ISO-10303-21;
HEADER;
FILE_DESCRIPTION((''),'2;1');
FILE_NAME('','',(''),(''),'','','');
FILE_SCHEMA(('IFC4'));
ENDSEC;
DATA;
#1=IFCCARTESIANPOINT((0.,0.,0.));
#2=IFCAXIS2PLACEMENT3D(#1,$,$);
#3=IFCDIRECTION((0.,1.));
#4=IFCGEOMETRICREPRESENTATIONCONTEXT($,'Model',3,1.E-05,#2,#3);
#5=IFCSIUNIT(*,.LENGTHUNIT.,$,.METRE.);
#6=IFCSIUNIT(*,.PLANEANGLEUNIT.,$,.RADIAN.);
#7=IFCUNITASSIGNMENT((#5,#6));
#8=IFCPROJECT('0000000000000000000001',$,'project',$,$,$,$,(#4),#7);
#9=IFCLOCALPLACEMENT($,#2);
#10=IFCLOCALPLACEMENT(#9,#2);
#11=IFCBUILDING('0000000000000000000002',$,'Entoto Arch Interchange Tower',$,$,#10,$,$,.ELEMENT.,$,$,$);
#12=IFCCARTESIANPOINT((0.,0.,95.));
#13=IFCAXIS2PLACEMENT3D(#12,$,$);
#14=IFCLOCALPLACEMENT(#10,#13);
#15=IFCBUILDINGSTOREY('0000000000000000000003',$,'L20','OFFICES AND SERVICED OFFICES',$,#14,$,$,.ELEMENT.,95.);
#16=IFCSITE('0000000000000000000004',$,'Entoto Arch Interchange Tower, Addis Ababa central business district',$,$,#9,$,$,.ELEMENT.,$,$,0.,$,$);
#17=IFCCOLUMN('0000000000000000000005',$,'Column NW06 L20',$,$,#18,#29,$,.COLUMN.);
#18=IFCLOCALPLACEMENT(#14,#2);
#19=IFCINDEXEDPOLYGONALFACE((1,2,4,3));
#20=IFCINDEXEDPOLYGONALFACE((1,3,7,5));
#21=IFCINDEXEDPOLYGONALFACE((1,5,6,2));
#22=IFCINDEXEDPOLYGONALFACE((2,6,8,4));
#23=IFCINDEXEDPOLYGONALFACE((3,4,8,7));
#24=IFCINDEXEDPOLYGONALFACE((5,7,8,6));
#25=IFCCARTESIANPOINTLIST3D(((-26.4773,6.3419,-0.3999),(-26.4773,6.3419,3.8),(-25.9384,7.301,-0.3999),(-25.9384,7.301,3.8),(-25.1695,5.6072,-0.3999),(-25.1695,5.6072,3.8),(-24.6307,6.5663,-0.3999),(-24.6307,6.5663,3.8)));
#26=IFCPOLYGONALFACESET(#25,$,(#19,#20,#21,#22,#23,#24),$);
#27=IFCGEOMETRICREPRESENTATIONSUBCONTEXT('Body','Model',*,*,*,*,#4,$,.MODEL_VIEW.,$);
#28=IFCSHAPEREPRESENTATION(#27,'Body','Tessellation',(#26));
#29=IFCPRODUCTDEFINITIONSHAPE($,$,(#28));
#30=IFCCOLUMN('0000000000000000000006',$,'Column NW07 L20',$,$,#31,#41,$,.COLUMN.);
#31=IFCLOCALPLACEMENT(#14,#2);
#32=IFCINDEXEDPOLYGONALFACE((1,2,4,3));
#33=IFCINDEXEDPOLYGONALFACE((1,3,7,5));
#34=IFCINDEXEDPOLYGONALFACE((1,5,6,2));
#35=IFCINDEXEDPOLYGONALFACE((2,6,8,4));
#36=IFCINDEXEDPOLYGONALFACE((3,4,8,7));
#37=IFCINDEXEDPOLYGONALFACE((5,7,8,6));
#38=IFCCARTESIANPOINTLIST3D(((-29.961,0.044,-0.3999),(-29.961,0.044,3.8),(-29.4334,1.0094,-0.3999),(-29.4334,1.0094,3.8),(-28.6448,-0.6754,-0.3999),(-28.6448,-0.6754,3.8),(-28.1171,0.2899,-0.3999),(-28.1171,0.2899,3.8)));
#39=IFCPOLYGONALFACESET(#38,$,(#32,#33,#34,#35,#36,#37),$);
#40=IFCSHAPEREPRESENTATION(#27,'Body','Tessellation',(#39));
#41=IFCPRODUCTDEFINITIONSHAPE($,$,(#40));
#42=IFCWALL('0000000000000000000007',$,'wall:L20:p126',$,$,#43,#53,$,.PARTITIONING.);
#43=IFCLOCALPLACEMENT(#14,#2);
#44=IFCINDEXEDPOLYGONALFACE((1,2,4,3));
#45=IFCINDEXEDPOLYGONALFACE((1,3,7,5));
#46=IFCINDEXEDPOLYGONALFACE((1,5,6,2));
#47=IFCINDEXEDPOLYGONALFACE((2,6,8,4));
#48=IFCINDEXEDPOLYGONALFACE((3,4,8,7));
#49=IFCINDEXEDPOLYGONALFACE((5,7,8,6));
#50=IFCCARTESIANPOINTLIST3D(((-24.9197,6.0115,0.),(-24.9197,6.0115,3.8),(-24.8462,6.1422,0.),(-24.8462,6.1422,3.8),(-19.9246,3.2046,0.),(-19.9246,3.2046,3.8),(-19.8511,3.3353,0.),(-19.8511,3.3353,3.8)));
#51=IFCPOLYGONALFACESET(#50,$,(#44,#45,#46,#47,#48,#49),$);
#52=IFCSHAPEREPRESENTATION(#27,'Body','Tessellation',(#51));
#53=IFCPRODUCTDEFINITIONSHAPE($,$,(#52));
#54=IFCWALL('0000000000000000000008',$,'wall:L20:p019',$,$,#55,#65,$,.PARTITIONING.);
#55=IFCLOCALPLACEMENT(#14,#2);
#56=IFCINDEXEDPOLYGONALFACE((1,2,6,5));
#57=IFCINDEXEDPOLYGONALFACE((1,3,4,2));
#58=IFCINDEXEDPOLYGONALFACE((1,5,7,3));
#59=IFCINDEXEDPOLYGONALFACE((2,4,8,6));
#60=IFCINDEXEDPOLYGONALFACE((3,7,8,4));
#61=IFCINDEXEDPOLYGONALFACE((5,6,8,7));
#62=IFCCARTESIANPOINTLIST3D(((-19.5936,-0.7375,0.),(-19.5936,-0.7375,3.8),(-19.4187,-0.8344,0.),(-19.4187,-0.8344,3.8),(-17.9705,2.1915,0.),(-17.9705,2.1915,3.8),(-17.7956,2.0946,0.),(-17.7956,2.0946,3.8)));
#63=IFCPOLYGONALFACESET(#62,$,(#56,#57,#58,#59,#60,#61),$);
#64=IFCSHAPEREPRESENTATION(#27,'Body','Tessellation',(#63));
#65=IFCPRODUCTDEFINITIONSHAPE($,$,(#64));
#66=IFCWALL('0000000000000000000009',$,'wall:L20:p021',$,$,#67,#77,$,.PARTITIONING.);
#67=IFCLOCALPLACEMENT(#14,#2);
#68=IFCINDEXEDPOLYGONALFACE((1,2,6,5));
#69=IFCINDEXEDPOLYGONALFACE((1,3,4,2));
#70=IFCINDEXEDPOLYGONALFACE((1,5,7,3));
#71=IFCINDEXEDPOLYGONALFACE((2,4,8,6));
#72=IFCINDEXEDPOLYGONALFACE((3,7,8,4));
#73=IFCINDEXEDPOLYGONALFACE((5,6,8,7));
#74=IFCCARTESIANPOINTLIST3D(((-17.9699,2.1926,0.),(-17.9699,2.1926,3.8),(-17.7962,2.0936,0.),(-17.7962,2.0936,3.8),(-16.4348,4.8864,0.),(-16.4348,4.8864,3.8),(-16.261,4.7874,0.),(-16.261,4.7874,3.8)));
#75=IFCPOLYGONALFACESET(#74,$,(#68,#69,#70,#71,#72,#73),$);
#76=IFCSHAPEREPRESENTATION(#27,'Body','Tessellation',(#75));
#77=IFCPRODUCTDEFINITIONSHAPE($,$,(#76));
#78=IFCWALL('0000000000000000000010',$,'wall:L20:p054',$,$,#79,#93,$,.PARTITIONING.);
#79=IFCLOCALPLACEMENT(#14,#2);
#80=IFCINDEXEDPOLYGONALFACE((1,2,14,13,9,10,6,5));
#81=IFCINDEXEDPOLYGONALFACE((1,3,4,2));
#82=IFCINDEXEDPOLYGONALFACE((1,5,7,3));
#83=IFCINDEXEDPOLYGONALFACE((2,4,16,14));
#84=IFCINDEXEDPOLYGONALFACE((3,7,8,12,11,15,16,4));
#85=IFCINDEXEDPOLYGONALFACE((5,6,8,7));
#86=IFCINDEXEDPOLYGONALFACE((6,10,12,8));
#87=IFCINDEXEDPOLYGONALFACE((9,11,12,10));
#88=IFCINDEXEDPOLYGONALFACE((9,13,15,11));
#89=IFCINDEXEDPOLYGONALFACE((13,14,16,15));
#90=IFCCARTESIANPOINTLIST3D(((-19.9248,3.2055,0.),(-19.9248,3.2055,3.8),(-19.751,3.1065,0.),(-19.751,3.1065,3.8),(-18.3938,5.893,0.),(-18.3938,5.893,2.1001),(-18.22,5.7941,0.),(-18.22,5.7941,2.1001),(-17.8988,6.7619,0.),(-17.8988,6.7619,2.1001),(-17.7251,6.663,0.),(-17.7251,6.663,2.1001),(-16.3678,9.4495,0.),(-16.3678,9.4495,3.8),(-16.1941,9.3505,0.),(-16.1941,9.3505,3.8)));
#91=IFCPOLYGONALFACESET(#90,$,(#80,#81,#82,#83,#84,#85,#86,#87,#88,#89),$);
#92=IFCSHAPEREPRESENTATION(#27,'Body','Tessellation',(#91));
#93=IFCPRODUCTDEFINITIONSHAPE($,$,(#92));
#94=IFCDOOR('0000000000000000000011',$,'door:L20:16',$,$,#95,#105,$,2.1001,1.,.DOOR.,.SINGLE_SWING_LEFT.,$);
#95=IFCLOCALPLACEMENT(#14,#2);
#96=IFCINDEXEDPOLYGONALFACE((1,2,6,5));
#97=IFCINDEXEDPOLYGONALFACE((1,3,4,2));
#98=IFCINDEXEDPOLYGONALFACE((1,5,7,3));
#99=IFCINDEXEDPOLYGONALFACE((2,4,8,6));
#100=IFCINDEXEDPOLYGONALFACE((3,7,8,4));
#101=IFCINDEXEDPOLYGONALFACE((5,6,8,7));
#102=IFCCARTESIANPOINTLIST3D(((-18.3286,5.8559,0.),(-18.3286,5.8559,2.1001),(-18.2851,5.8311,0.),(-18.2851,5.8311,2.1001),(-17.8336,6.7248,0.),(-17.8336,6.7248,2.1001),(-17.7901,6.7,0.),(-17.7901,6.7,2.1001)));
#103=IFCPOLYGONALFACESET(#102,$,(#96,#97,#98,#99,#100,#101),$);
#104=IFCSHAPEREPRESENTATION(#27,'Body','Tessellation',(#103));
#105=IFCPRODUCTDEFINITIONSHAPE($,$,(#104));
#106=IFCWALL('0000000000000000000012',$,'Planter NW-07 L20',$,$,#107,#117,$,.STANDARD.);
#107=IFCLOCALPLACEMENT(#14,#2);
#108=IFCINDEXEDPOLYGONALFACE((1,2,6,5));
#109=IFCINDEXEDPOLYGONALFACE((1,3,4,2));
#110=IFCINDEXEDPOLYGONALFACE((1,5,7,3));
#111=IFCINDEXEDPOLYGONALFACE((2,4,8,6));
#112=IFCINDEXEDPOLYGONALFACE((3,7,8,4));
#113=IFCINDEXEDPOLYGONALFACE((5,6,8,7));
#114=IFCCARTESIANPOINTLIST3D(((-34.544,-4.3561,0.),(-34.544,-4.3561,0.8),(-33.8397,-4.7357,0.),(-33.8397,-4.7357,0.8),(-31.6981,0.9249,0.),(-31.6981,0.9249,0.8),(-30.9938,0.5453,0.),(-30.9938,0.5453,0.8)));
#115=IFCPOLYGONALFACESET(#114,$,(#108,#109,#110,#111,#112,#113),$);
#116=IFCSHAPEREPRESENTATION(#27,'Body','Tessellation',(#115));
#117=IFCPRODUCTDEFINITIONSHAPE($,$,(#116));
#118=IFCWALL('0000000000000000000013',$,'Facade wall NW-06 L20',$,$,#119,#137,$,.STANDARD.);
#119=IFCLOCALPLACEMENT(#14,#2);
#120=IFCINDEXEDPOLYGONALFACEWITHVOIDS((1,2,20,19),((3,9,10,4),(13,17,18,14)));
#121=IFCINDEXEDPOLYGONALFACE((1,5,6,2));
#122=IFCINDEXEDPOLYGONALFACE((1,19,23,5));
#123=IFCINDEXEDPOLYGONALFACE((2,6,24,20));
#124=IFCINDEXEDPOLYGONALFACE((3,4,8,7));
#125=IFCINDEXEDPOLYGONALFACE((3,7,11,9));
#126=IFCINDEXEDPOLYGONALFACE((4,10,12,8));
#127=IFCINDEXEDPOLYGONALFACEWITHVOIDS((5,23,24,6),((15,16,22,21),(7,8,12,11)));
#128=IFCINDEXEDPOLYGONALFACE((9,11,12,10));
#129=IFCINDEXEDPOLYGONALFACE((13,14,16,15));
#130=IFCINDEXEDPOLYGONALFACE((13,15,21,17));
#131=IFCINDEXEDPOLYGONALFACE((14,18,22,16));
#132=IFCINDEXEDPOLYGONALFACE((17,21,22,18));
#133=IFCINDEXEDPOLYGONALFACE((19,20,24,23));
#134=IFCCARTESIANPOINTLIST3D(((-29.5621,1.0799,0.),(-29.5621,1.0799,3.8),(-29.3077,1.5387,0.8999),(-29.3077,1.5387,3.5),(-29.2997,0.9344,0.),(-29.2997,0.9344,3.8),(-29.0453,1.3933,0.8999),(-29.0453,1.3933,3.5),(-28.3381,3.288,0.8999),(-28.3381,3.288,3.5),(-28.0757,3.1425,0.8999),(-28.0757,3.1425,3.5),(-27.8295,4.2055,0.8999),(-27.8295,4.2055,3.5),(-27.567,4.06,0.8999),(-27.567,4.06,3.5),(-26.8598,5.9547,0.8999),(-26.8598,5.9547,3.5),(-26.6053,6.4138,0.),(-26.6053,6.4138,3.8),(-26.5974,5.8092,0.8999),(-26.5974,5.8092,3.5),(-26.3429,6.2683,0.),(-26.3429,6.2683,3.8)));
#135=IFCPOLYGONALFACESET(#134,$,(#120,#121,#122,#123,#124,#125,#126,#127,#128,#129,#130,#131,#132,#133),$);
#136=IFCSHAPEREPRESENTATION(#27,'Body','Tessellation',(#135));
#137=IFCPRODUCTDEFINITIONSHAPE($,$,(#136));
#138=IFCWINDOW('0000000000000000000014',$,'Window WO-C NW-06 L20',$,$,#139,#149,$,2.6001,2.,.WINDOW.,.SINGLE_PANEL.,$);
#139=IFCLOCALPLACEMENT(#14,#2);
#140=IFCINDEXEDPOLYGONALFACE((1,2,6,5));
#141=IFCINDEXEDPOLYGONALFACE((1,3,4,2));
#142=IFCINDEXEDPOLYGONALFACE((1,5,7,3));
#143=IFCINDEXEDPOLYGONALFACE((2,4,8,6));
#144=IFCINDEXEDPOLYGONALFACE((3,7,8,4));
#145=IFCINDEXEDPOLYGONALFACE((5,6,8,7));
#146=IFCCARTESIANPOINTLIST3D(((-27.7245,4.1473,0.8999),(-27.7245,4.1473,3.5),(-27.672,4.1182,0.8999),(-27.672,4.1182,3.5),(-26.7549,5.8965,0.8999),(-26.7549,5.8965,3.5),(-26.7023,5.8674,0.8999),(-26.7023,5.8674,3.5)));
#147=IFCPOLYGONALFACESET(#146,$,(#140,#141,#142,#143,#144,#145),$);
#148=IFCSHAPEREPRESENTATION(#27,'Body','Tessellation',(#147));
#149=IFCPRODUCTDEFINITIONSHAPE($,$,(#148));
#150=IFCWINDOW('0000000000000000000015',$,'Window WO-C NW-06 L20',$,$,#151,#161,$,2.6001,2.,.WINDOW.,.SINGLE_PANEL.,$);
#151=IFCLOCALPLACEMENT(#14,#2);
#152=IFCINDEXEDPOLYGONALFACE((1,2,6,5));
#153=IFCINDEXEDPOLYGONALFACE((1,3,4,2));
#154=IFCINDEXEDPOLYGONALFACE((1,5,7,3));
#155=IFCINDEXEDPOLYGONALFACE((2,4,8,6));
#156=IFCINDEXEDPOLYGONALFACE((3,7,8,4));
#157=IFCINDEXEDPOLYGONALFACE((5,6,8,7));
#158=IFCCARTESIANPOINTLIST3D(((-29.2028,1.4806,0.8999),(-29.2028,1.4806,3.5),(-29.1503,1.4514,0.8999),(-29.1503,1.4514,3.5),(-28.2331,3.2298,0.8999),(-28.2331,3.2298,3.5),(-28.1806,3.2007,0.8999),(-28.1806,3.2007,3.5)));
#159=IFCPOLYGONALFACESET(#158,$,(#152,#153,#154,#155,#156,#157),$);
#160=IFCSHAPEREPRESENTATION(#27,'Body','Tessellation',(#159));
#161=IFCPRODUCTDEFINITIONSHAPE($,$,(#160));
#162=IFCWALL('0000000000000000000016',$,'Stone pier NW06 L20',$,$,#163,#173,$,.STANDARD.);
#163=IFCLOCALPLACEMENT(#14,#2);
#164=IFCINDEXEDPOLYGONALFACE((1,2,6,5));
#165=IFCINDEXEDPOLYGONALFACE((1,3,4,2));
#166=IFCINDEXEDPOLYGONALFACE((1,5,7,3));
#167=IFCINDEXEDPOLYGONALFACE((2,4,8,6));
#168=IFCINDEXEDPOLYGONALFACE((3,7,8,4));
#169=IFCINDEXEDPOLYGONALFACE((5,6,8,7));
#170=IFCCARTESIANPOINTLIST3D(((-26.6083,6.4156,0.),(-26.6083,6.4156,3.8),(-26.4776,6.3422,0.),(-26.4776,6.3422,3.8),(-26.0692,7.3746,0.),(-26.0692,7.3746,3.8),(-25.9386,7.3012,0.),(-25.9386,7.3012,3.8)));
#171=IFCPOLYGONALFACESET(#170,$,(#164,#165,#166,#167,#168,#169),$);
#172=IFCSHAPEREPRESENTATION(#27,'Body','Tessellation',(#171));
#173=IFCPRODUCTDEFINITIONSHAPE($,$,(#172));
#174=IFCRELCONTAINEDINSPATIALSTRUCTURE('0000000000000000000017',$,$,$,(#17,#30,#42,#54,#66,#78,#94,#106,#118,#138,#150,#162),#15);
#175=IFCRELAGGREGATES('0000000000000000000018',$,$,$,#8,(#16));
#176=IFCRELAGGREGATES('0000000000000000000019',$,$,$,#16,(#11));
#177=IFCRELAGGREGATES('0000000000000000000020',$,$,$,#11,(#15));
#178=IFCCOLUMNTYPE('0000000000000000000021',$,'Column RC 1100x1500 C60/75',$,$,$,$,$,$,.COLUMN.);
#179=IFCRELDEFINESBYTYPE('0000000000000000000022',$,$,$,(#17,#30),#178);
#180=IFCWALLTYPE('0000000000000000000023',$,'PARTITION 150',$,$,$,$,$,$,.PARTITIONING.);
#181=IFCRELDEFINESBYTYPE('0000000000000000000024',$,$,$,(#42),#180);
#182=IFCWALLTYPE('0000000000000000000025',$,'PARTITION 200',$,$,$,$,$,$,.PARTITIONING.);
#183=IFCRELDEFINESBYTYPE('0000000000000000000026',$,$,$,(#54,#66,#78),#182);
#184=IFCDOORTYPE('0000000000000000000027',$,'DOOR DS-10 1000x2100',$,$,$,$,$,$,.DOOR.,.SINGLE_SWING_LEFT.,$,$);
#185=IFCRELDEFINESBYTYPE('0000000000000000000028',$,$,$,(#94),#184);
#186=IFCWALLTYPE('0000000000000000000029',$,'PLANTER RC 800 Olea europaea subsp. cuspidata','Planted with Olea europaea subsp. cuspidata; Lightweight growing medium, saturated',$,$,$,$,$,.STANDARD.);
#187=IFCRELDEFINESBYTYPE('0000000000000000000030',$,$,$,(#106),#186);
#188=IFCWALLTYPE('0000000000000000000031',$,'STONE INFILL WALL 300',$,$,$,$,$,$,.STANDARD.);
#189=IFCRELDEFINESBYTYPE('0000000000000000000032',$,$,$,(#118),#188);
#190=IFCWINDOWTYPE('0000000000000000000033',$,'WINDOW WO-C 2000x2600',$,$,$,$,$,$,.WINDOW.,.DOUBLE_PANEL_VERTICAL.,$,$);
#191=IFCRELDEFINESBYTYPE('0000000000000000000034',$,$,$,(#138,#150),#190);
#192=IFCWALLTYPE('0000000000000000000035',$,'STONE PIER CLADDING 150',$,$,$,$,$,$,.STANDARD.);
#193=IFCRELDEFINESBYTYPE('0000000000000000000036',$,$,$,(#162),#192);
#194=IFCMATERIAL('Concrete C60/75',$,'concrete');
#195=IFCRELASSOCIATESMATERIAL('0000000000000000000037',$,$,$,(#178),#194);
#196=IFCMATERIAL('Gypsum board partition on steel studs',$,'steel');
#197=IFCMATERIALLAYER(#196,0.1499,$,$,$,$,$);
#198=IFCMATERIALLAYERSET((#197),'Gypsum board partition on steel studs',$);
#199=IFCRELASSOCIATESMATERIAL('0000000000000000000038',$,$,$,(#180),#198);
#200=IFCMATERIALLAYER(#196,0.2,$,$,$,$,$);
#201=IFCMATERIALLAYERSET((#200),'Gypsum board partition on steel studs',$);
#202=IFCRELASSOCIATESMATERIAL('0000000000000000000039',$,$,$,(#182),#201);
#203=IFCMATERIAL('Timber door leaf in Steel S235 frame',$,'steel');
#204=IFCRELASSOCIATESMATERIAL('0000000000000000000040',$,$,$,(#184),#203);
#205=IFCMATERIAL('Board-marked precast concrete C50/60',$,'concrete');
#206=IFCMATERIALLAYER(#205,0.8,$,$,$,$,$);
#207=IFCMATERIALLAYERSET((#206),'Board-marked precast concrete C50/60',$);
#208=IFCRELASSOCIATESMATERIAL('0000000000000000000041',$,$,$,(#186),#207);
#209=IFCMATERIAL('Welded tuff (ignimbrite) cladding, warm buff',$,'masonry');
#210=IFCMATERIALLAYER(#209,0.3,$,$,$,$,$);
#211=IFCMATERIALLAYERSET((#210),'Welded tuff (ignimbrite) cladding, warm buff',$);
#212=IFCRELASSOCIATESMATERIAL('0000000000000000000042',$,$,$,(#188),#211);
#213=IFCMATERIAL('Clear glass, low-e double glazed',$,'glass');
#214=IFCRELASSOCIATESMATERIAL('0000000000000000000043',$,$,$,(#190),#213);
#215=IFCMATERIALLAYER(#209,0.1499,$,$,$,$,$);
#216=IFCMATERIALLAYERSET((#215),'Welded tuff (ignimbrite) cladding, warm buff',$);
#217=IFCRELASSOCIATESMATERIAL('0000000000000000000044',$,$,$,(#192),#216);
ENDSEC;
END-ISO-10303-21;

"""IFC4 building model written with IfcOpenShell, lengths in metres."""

from ifc_helpers import new_model, si_unit, direction, frame, frame_2d, origin, origin_2d, place, context, subcontext, project, spatial, rectangle, extrude, material, layer, layer_set, material_profile, profile_set, type_object, element, fill, save


model = new_model("IFC4")

# Units and contexts
model_context = context("Model", 3, precision=1e-05, world=origin(), true_north=direction((0.0, 1.0)))
body_context = subcontext(model_context, "Body", "Model", "MODEL_VIEW")
ifc_project = project(units=[si_unit("LENGTHUNIT", "METRE"), si_unit("PLANEANGLEUNIT", "RADIAN")], contexts=[model_context])

# Site, building, storey
site_placement = place(None, origin())
site = spatial("IfcSite", under=ifc_project, at=site_placement, Name="Entoto Arch Interchange Tower, Addis Ababa central business district", CompositionType="ELEMENT", RefElevation=0.0)
building_placement = place(site_placement, origin())
building = spatial("IfcBuilding", under=site, at=building_placement, Name="Entoto Arch Interchange Tower", CompositionType="ELEMENT")
storey_placement = place(building_placement, frame((0.0, 0.0, 95.0)))
storey = spatial("IfcBuildingStorey", under=building, at=storey_placement, Name="L20", Description="OFFICES AND SERVICED OFFICES", CompositionType="ELEMENT", Elevation=95.0)

# Columns
ifc_material_1 = material(Name="Concrete C60/75", Category="concrete")
ifc_material_profile = material_profile(ifc_material_1, rectangle(XDim=1.1001, YDim=1.5, at=origin_2d()))
ifc_profile_set = profile_set([ifc_material_profile], Name="Concrete C60/75")
column_type = type_object("IfcColumnType", Name="Column RC 1100x1500 C60/75", PredefinedType="COLUMN", material=ifc_profile_set)
for number, where, z_axis, x_axis, name in (
    (1, (-25.554, 6.4541, -0.3999), (0.0, 0.0, 1.0), (0.489839, 0.871813, 0.0), "Column NW06 L20"),
    (2, (-29.0391, 0.167, -0.3999), (0.0, 0.0, 1.0), (0.479611, 0.877481, 0.0), "Column NW07 L20"),
):
    element("IfcColumn", number, at=place(storey_placement, frame(where, z_axis=z_axis, x_axis=x_axis)), inside=storey, type_object=column_type, Name=name, PredefinedType="COLUMN", context=body_context, shape_type="SweptSolid", body=[
        extrude(rectangle(XDim=1.1001, YDim=1.5, at=origin_2d()), origin(), (0.0, 0.0, 1.0), 4.2),
    ])

# Walls
ifc_material_2 = material(Name="Gypsum board partition on steel studs", Category="steel")
ifc_layer_1 = layer(ifc_material_2, 0.1499)
ifc_layer_set_1 = layer_set([ifc_layer_1], Name="Gypsum board partition on steel studs")
wall_type_1 = type_object("IfcWallType", Name="PARTITION 150", PredefinedType="PARTITIONING", material=ifc_layer_set_1)
wall_1_placement = place(storey_placement, frame((-19.8879, 3.27, 0.0), z_axis=(0.0, 0.0, 1.0), x_axis=(-0.871789, 0.489881, 0.0)))
element("IfcWall", 3, at=wall_1_placement, inside=storey, type_object=wall_type_1, Name="wall:L20:p126", PredefinedType="PARTITIONING", context=body_context, shape_type="SweptSolid", body=[
    extrude(rectangle(XDim=5.7297, YDim=0.1499, at=frame_2d((2.8647, 0.0))), origin(), (0.0, 0.0, 1.0), 3.8),
])
ifc_layer_2 = layer(ifc_material_2, 0.2)
ifc_layer_set_2 = layer_set([ifc_layer_2], Name="Gypsum board partition on steel studs")
wall_type_2 = type_object("IfcWallType", Name="PARTITION 200", PredefinedType="PARTITIONING", material=ifc_layer_set_2)
wall_2_placement = place(storey_placement, frame((-17.8831, 2.1431, 0.0), z_axis=(0.0, 0.0, 1.0), x_axis=(-0.484696, -0.874683, 0.0)))
element("IfcWall", 4, at=wall_2_placement, inside=storey, type_object=wall_type_2, Name="wall:L20:p019", PredefinedType="PARTITIONING", context=body_context, shape_type="SweptSolid", body=[
    extrude(rectangle(XDim=3.3486, YDim=0.2, at=frame_2d((1.6743, 0.0))), origin(), (0.0, 0.0, 1.0), 3.8),
])
wall_3_placement = place(storey_placement, frame((-16.3479, 4.8369, 0.0), z_axis=(0.0, 0.0, 1.0), x_axis=(-0.495121, -0.868824, 0.0)))
element("IfcWall", 5, at=wall_3_placement, inside=storey, type_object=wall_type_2, Name="wall:L20:p021", PredefinedType="PARTITIONING", context=body_context, shape_type="SweptSolid", body=[
    extrude(rectangle(XDim=3.1006, YDim=0.2, at=frame_2d((1.5503, 0.0))), origin(), (0.0, 0.0, 1.0), 3.8),
])

# Wall, opening, door
wall_4_placement = place(storey_placement, frame((-19.8379, 3.156, 0.0), z_axis=(0.0, 0.0, 1.0), x_axis=(0.494979, 0.868905, 0.0)))
wall_4 = element("IfcWall", 6, at=wall_4_placement, inside=storey, type_object=wall_type_2, Name="wall:L20:p054", PredefinedType="PARTITIONING", context=body_context, shape_type="SweptSolid", body=[
    extrude(rectangle(XDim=7.186, YDim=0.2, at=frame_2d((3.593, 0.0))), origin(), (0.0, 0.0, 1.0), 3.8),
])
opening_1_placement = place(wall_4_placement, frame((3.093, 0.0, 0.0)))
opening_1 = element("IfcOpeningElement", 7, at=opening_1_placement, cuts=wall_4, PredefinedType="OPENING", context=body_context, shape_type="SweptSolid", body=[
    extrude(rectangle(XDim=1.0, YDim=2.1001, at=frame_2d((0.5, 1.05))), frame((0.0, 0.1099, 0.0), z_axis=(0.0, -1.0, 0.0), x_axis=(1.0, 0.0, 0.0)), (0.0, 0.0, 1.0), 0.22),
])
ifc_material_3 = material(Name="Timber door leaf in Steel S235 frame", Category="steel")
door_type_1 = type_object("IfcDoorType", Name="DOOR DS-10 1000x2100", OperationType="SINGLE_SWING_LEFT", PredefinedType="DOOR", material=ifc_material_3)
door_1_placement = place(opening_1_placement, origin())
door_1 = element("IfcDoor", 8, at=door_1_placement, inside=storey, type_object=door_type_1, Name="door:L20:16", OperationType="SINGLE_SWING_LEFT", OverallHeight=2.1001, OverallWidth=1.0, PredefinedType="DOOR", context=body_context, shape_type="SweptSolid", body=[
    extrude(rectangle(XDim=1.0, YDim=2.1001, at=frame_2d((0.5, 1.05))), frame((0.0, 0.0249, 0.0), z_axis=(0.0, -1.0, 0.0), x_axis=(1.0, 0.0, 0.0)), (0.0, 0.0, 1.0), 0.05),
])
fill(opening_1, door_1)

# Wall
ifc_material_4 = material(Name="Board-marked precast concrete C50/60", Category="concrete")
ifc_layer_3 = layer(ifc_material_4, 0.8)
ifc_layer_set_3 = layer_set([ifc_layer_3], Name="Board-marked precast concrete C50/60")
wall_type_3 = type_object("IfcWallType", Name="PLANTER RC 800 Olea europaea subsp. cuspidata", Description="Planted with Olea europaea subsp. cuspidata; Lightweight growing medium, saturated", PredefinedType="STANDARD", material=ifc_layer_set_3)
wall_5_placement = place(storey_placement, frame((-31.3459, 0.7351, 0.0), z_axis=(0.0, 0.0, 1.0), x_axis=(-0.474401, -0.880309, 0.0)))
element("IfcWall", 9, at=wall_5_placement, inside=storey, type_object=wall_type_3, Name="Planter NW-07 L20", PredefinedType="STANDARD", context=body_context, shape_type="SweptSolid", body=[
    extrude(rectangle(XDim=5.999, YDim=0.8, at=frame_2d((2.9995, 0.0))), origin(), (0.0, 0.0, 1.0), 0.8),
])

# Wall, openings, windows
ifc_material_5 = material(Name="Welded tuff (ignimbrite) cladding, warm buff", Category="masonry")
ifc_layer_4 = layer(ifc_material_5, 0.3)
ifc_layer_set_4 = layer_set([ifc_layer_4], Name="Welded tuff (ignimbrite) cladding, warm buff")
wall_type_4 = type_object("IfcWallType", Name="STONE INFILL WALL 300", PredefinedType="STANDARD", material=ifc_layer_set_4)
wall_6_placement = place(storey_placement, frame((-26.4741, 6.3411, 0.0), z_axis=(0.0, 0.0, 1.0), x_axis=(-0.484824, -0.874612, 0.0)))
wall_6 = element("IfcWall", 10, at=wall_6_placement, inside=storey, type_object=wall_type_4, Name="Facade wall NW-06 L20", PredefinedType="STANDARD", context=body_context, shape_type="SweptSolid", body=[
    extrude(rectangle(XDim=6.0986, YDim=0.3, at=frame_2d((3.0493, 0.0))), origin(), (0.0, 0.0, 1.0), 3.8),
])
opening_2_placement = place(wall_6_placement, frame((0.5249, 0.0, 0.8999)))
opening_2 = element("IfcOpeningElement", 11, at=opening_2_placement, cuts=wall_6, PredefinedType="OPENING", context=body_context, shape_type="SweptSolid", body=[
    extrude(rectangle(XDim=2.0, YDim=2.6001, at=frame_2d((1.0, 1.3))), frame((0.0, 0.1602, 0.0), z_axis=(0.0, -1.0, 0.0), x_axis=(1.0, 0.0, 0.0)), (0.0, 0.0, 1.0), 0.3201),
])
opening_3_placement = place(wall_6_placement, frame((3.574, 0.0, 0.8999)))
opening_3 = element("IfcOpeningElement", 12, at=opening_3_placement, cuts=wall_6, PredefinedType="OPENING", context=body_context, shape_type="SweptSolid", body=[
    extrude(rectangle(XDim=2.0, YDim=2.6001, at=frame_2d((1.0, 1.3))), frame((0.0, 0.1602, 0.0), z_axis=(0.0, -1.0, 0.0), x_axis=(1.0, 0.0, 0.0)), (0.0, 0.0, 1.0), 0.3201),
])
ifc_material_6 = material(Name="Clear glass, low-e double glazed", Category="glass")
window_type = type_object("IfcWindowType", Name="WINDOW WO-C 2000x2600", PartitioningType="DOUBLE_PANEL_VERTICAL", PredefinedType="WINDOW", material=ifc_material_6)
window_1_placement = place(opening_2_placement, origin())
window_1 = element("IfcWindow", 13, at=window_1_placement, inside=storey, type_object=window_type, Name="Window WO-C NW-06 L20", OverallHeight=2.6001, OverallWidth=2.0, PartitioningType="SINGLE_PANEL", PredefinedType="WINDOW", context=body_context, shape_type="SweptSolid", body=[
    extrude(rectangle(XDim=2.0, YDim=2.6001, at=frame_2d((1.0, 1.3))), frame((0.0, 0.03, 0.0), z_axis=(0.0, -1.0, 0.0), x_axis=(1.0, 0.0, 0.0)), (0.0, 0.0, 1.0), 0.0601),
])
fill(opening_2, window_1)
window_2_placement = place(opening_3_placement, origin())
window_2 = element("IfcWindow", 14, at=window_2_placement, inside=storey, type_object=window_type, Name="Window WO-C NW-06 L20", OverallHeight=2.6001, OverallWidth=2.0, PartitioningType="SINGLE_PANEL", PredefinedType="WINDOW", context=body_context, shape_type="SweptSolid", body=[
    extrude(rectangle(XDim=2.0, YDim=2.6001, at=frame_2d((1.0, 1.3))), frame((0.0, 0.03, 0.0), z_axis=(0.0, -1.0, 0.0), x_axis=(1.0, 0.0, 0.0)), (0.0, 0.0, 1.0), 0.0601),
])
fill(opening_3, window_2)

# Wall
ifc_layer_5 = layer(ifc_material_5, 0.1499)
ifc_layer_set_5 = layer_set([ifc_layer_5], Name="Welded tuff (ignimbrite) cladding, warm buff")
wall_type_5 = type_object("IfcWallType", Name="STONE PIER CLADDING 150", PredefinedType="STANDARD", material=ifc_layer_set_5)
wall_7_placement = place(storey_placement, frame((-26.0039, 7.3379, 0.0), z_axis=(0.0, 0.0, 1.0), x_axis=(-0.490008, -0.871718, 0.0)))
element("IfcWall", 15, at=wall_7_placement, inside=storey, type_object=wall_type_5, Name="Stone pier NW06 L20", PredefinedType="STANDARD", context=body_context, shape_type="SweptSolid", body=[
    extrude(rectangle(XDim=1.1001, YDim=0.1499, at=frame_2d((0.55, 0.0))), origin(), (0.0, 0.0, 1.0), 3.8),
])

save(model, "model.ifc")
